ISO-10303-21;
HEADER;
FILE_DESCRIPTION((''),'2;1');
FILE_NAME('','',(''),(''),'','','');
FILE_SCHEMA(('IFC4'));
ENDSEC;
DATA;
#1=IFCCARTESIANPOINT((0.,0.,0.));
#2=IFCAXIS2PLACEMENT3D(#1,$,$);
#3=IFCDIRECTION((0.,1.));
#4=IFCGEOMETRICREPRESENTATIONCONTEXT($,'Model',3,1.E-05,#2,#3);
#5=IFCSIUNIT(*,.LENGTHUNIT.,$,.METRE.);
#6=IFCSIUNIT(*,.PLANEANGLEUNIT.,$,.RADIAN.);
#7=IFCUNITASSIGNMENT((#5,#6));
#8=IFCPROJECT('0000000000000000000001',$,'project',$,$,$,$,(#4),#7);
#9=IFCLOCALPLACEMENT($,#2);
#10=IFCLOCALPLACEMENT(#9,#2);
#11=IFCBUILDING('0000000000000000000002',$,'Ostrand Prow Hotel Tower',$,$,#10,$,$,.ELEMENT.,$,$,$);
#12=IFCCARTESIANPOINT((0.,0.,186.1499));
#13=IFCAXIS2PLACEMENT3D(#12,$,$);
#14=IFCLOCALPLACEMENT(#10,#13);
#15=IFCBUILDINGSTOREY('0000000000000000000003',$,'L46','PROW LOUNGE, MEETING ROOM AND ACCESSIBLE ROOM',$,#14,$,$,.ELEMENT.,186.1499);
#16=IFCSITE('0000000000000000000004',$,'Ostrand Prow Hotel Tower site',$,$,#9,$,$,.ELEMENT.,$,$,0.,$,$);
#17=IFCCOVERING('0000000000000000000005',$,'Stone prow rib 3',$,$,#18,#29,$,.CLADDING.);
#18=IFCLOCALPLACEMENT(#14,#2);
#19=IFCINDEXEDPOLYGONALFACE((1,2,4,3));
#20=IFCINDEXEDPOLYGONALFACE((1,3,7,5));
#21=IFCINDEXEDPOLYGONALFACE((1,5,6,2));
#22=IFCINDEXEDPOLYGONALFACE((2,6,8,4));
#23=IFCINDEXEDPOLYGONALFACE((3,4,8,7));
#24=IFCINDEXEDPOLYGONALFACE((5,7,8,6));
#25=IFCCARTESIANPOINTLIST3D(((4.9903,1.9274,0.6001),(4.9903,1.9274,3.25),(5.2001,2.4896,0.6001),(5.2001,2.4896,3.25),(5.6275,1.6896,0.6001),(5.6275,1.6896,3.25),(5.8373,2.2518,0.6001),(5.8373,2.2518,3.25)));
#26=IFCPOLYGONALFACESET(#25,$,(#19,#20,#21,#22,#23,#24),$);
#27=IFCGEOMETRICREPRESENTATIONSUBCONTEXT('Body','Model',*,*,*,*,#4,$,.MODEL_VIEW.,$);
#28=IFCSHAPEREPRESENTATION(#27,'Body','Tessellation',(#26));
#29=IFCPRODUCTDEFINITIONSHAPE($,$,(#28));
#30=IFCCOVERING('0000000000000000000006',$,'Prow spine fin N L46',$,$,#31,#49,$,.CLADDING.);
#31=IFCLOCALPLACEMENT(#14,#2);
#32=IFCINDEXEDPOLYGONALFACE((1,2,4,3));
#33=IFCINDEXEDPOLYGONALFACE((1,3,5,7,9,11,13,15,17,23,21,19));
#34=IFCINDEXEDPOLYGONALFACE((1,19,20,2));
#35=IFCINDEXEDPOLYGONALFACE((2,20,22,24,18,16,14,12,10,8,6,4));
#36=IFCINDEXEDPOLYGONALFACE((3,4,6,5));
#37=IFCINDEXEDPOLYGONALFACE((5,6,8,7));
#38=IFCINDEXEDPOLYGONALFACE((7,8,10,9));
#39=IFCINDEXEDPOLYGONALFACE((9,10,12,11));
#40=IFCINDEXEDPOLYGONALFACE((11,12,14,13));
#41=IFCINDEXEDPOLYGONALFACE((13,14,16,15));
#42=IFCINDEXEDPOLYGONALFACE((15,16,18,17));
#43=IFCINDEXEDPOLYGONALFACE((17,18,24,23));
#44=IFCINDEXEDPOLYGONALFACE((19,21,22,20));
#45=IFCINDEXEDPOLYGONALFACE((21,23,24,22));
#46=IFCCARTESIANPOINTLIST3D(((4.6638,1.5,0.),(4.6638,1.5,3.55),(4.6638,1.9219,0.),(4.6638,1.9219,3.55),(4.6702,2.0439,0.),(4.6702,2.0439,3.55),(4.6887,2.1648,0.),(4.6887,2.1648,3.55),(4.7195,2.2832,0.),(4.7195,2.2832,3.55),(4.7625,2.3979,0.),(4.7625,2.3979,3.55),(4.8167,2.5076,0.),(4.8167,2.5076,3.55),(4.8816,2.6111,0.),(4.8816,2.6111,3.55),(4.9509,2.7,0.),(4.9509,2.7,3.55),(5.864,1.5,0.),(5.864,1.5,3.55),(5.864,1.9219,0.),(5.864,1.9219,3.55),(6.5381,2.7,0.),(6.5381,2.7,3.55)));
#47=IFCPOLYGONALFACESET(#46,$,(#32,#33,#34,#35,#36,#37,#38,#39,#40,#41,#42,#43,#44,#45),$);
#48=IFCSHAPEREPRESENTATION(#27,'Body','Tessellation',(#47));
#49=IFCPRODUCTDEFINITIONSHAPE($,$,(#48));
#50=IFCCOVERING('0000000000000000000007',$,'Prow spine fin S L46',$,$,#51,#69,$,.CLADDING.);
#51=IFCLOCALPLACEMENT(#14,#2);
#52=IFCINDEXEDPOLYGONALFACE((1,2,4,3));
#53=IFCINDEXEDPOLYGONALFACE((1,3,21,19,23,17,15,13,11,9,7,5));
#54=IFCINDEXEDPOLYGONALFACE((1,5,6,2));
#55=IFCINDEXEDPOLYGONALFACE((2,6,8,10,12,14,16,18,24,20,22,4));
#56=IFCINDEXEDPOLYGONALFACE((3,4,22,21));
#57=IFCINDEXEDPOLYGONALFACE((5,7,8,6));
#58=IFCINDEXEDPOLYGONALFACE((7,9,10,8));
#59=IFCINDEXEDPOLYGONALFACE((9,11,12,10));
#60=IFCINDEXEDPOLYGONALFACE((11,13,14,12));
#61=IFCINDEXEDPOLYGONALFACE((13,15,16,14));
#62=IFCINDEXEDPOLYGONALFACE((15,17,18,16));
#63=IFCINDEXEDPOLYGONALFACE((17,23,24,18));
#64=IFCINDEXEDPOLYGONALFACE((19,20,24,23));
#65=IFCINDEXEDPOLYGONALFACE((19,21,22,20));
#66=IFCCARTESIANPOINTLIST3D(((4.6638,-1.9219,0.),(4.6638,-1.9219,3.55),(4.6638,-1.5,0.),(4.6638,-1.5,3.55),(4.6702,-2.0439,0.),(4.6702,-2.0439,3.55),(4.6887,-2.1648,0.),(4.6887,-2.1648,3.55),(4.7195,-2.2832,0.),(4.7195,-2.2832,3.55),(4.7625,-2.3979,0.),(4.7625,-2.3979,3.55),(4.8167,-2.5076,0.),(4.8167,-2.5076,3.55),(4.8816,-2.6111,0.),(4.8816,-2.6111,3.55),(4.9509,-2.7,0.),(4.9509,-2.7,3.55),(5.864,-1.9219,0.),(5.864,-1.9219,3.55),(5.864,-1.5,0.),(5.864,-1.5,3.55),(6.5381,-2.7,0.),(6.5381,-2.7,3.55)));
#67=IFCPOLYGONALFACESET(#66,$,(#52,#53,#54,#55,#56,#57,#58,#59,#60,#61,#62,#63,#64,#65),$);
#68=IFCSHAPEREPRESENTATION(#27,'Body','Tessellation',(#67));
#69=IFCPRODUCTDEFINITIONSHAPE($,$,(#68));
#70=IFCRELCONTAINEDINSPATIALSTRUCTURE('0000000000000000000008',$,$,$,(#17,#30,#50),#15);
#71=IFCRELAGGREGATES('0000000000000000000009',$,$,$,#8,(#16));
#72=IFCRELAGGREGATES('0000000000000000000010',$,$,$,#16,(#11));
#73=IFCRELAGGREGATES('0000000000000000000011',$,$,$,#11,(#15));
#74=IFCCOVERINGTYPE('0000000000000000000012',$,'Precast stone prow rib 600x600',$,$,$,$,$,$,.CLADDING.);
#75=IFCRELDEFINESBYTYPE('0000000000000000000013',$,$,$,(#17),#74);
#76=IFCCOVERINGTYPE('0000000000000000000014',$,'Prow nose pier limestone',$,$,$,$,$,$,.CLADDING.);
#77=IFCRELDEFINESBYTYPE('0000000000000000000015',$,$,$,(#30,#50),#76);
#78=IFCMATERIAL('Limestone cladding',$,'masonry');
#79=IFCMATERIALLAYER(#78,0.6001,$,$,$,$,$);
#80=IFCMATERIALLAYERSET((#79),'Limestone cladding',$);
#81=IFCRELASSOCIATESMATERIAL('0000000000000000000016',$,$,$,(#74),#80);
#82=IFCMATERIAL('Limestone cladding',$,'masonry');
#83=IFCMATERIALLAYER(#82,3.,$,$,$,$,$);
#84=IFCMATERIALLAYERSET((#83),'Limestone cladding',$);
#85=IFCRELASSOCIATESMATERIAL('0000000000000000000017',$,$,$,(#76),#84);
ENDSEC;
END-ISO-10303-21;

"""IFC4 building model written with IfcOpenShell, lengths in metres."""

from ifc_helpers import new_model, si_unit, direction, frame, frame_2d, origin, place, context, subcontext, project, spatial, polyline, rectangle, outline, extrude, material, layer, layer_set, type_object, element, save


model = new_model("IFC4")

# Units and contexts
model_context = context("Model", 3, precision=1e-05, world=origin(), true_north=direction((0.0, 1.0)))
body_context = subcontext(model_context, "Body", "Model", "MODEL_VIEW")
ifc_project = project(units=[si_unit("LENGTHUNIT", "METRE"), si_unit("PLANEANGLEUNIT", "RADIAN")], contexts=[model_context])

# Site, building, storey
site_placement = place(None, origin())
site = spatial("IfcSite", under=ifc_project, at=site_placement, Name="Ostrand Prow Hotel Tower site", CompositionType="ELEMENT", RefElevation=0.0)
building_placement = place(site_placement, origin())
building = spatial("IfcBuilding", under=site, at=building_placement, Name="Ostrand Prow Hotel Tower", CompositionType="ELEMENT")
storey_placement = place(building_placement, frame((0.0, 0.0, 186.1499)))
storey = spatial("IfcBuildingStorey", under=building, at=storey_placement, Name="L46", Description="PROW LOUNGE, MEETING ROOM AND ACCESSIBLE ROOM", CompositionType="ELEMENT", Elevation=186.1499)

# Coverings
ifc_material_1 = material(Name="Limestone cladding", Category="masonry")
ifc_layer_1 = layer(ifc_material_1, 0.6001)
ifc_layer_set_1 = layer_set([ifc_layer_1], Name="Limestone cladding")
covering_type_1 = type_object("IfcCoveringType", Name="Precast stone prow rib 600x600", PredefinedType="CLADDING", material=ifc_layer_set_1)
covering_1_placement = place(storey_placement, frame((5.7324, 1.9707, 0.6001), z_axis=(0.0, 0.0, 1.0), x_axis=(-0.936889, 0.349628, 0.0)))
element("IfcCovering", 1, at=covering_1_placement, inside=storey, type_object=covering_type_1, Name="Stone prow rib 3", PredefinedType="CLADDING", context=body_context, shape_type="SweptSolid", body=[
    extrude(rectangle(XDim=0.6802, YDim=0.6001, at=frame_2d((0.3401, 0.0))), origin(), (0.0, 0.0, 1.0), 2.6499),
])
ifc_material_2 = material(Name="Limestone cladding", Category="masonry")
ifc_layer_2 = layer(ifc_material_2, 3.0)
ifc_layer_set_2 = layer_set([ifc_layer_2], Name="Limestone cladding")
covering_type_2 = type_object("IfcCoveringType", Name="Prow nose pier limestone", PredefinedType="CLADDING", material=ifc_layer_set_2)
covering_2_placement = place(storey_placement, origin())
element("IfcCovering", 2, at=covering_2_placement, inside=storey, type_object=covering_type_2, Name="Prow spine fin N L46", PredefinedType="CLADDING", context=body_context, shape_type="SweptSolid", body=[
    extrude(outline(polyline([(4.6638, 1.9219), (4.6638, 1.5), (5.864, 1.5), (5.864, 1.9219), (6.5381, 2.7), (4.9509, 2.7), (4.8816, 2.6111), (4.8167, 2.5076), (4.7625, 2.3979), (4.7195, 2.2832), (4.6887, 2.1648), (4.6702, 2.0439), (4.6638, 1.9219)])), origin(), (0.0, 0.0, 1.0), 3.55),
])
covering_3_placement = place(storey_placement, origin())
element("IfcCovering", 3, at=covering_3_placement, inside=storey, type_object=covering_type_2, Name="Prow spine fin S L46", PredefinedType="CLADDING", context=body_context, shape_type="SweptSolid", body=[
    extrude(outline(polyline([(4.8816, -2.6111), (4.9509, -2.7), (6.5381, -2.7), (5.864, -1.9219), (5.864, -1.5), (4.6638, -1.5), (4.6638, -1.9219), (4.6702, -2.0439), (4.6887, -2.1648), (4.7195, -2.2832), (4.7625, -2.3979), (4.8167, -2.5076), (4.8816, -2.6111)])), origin(), (0.0, 0.0, 1.0), 3.55),
])

save(model, "model.ifc")
